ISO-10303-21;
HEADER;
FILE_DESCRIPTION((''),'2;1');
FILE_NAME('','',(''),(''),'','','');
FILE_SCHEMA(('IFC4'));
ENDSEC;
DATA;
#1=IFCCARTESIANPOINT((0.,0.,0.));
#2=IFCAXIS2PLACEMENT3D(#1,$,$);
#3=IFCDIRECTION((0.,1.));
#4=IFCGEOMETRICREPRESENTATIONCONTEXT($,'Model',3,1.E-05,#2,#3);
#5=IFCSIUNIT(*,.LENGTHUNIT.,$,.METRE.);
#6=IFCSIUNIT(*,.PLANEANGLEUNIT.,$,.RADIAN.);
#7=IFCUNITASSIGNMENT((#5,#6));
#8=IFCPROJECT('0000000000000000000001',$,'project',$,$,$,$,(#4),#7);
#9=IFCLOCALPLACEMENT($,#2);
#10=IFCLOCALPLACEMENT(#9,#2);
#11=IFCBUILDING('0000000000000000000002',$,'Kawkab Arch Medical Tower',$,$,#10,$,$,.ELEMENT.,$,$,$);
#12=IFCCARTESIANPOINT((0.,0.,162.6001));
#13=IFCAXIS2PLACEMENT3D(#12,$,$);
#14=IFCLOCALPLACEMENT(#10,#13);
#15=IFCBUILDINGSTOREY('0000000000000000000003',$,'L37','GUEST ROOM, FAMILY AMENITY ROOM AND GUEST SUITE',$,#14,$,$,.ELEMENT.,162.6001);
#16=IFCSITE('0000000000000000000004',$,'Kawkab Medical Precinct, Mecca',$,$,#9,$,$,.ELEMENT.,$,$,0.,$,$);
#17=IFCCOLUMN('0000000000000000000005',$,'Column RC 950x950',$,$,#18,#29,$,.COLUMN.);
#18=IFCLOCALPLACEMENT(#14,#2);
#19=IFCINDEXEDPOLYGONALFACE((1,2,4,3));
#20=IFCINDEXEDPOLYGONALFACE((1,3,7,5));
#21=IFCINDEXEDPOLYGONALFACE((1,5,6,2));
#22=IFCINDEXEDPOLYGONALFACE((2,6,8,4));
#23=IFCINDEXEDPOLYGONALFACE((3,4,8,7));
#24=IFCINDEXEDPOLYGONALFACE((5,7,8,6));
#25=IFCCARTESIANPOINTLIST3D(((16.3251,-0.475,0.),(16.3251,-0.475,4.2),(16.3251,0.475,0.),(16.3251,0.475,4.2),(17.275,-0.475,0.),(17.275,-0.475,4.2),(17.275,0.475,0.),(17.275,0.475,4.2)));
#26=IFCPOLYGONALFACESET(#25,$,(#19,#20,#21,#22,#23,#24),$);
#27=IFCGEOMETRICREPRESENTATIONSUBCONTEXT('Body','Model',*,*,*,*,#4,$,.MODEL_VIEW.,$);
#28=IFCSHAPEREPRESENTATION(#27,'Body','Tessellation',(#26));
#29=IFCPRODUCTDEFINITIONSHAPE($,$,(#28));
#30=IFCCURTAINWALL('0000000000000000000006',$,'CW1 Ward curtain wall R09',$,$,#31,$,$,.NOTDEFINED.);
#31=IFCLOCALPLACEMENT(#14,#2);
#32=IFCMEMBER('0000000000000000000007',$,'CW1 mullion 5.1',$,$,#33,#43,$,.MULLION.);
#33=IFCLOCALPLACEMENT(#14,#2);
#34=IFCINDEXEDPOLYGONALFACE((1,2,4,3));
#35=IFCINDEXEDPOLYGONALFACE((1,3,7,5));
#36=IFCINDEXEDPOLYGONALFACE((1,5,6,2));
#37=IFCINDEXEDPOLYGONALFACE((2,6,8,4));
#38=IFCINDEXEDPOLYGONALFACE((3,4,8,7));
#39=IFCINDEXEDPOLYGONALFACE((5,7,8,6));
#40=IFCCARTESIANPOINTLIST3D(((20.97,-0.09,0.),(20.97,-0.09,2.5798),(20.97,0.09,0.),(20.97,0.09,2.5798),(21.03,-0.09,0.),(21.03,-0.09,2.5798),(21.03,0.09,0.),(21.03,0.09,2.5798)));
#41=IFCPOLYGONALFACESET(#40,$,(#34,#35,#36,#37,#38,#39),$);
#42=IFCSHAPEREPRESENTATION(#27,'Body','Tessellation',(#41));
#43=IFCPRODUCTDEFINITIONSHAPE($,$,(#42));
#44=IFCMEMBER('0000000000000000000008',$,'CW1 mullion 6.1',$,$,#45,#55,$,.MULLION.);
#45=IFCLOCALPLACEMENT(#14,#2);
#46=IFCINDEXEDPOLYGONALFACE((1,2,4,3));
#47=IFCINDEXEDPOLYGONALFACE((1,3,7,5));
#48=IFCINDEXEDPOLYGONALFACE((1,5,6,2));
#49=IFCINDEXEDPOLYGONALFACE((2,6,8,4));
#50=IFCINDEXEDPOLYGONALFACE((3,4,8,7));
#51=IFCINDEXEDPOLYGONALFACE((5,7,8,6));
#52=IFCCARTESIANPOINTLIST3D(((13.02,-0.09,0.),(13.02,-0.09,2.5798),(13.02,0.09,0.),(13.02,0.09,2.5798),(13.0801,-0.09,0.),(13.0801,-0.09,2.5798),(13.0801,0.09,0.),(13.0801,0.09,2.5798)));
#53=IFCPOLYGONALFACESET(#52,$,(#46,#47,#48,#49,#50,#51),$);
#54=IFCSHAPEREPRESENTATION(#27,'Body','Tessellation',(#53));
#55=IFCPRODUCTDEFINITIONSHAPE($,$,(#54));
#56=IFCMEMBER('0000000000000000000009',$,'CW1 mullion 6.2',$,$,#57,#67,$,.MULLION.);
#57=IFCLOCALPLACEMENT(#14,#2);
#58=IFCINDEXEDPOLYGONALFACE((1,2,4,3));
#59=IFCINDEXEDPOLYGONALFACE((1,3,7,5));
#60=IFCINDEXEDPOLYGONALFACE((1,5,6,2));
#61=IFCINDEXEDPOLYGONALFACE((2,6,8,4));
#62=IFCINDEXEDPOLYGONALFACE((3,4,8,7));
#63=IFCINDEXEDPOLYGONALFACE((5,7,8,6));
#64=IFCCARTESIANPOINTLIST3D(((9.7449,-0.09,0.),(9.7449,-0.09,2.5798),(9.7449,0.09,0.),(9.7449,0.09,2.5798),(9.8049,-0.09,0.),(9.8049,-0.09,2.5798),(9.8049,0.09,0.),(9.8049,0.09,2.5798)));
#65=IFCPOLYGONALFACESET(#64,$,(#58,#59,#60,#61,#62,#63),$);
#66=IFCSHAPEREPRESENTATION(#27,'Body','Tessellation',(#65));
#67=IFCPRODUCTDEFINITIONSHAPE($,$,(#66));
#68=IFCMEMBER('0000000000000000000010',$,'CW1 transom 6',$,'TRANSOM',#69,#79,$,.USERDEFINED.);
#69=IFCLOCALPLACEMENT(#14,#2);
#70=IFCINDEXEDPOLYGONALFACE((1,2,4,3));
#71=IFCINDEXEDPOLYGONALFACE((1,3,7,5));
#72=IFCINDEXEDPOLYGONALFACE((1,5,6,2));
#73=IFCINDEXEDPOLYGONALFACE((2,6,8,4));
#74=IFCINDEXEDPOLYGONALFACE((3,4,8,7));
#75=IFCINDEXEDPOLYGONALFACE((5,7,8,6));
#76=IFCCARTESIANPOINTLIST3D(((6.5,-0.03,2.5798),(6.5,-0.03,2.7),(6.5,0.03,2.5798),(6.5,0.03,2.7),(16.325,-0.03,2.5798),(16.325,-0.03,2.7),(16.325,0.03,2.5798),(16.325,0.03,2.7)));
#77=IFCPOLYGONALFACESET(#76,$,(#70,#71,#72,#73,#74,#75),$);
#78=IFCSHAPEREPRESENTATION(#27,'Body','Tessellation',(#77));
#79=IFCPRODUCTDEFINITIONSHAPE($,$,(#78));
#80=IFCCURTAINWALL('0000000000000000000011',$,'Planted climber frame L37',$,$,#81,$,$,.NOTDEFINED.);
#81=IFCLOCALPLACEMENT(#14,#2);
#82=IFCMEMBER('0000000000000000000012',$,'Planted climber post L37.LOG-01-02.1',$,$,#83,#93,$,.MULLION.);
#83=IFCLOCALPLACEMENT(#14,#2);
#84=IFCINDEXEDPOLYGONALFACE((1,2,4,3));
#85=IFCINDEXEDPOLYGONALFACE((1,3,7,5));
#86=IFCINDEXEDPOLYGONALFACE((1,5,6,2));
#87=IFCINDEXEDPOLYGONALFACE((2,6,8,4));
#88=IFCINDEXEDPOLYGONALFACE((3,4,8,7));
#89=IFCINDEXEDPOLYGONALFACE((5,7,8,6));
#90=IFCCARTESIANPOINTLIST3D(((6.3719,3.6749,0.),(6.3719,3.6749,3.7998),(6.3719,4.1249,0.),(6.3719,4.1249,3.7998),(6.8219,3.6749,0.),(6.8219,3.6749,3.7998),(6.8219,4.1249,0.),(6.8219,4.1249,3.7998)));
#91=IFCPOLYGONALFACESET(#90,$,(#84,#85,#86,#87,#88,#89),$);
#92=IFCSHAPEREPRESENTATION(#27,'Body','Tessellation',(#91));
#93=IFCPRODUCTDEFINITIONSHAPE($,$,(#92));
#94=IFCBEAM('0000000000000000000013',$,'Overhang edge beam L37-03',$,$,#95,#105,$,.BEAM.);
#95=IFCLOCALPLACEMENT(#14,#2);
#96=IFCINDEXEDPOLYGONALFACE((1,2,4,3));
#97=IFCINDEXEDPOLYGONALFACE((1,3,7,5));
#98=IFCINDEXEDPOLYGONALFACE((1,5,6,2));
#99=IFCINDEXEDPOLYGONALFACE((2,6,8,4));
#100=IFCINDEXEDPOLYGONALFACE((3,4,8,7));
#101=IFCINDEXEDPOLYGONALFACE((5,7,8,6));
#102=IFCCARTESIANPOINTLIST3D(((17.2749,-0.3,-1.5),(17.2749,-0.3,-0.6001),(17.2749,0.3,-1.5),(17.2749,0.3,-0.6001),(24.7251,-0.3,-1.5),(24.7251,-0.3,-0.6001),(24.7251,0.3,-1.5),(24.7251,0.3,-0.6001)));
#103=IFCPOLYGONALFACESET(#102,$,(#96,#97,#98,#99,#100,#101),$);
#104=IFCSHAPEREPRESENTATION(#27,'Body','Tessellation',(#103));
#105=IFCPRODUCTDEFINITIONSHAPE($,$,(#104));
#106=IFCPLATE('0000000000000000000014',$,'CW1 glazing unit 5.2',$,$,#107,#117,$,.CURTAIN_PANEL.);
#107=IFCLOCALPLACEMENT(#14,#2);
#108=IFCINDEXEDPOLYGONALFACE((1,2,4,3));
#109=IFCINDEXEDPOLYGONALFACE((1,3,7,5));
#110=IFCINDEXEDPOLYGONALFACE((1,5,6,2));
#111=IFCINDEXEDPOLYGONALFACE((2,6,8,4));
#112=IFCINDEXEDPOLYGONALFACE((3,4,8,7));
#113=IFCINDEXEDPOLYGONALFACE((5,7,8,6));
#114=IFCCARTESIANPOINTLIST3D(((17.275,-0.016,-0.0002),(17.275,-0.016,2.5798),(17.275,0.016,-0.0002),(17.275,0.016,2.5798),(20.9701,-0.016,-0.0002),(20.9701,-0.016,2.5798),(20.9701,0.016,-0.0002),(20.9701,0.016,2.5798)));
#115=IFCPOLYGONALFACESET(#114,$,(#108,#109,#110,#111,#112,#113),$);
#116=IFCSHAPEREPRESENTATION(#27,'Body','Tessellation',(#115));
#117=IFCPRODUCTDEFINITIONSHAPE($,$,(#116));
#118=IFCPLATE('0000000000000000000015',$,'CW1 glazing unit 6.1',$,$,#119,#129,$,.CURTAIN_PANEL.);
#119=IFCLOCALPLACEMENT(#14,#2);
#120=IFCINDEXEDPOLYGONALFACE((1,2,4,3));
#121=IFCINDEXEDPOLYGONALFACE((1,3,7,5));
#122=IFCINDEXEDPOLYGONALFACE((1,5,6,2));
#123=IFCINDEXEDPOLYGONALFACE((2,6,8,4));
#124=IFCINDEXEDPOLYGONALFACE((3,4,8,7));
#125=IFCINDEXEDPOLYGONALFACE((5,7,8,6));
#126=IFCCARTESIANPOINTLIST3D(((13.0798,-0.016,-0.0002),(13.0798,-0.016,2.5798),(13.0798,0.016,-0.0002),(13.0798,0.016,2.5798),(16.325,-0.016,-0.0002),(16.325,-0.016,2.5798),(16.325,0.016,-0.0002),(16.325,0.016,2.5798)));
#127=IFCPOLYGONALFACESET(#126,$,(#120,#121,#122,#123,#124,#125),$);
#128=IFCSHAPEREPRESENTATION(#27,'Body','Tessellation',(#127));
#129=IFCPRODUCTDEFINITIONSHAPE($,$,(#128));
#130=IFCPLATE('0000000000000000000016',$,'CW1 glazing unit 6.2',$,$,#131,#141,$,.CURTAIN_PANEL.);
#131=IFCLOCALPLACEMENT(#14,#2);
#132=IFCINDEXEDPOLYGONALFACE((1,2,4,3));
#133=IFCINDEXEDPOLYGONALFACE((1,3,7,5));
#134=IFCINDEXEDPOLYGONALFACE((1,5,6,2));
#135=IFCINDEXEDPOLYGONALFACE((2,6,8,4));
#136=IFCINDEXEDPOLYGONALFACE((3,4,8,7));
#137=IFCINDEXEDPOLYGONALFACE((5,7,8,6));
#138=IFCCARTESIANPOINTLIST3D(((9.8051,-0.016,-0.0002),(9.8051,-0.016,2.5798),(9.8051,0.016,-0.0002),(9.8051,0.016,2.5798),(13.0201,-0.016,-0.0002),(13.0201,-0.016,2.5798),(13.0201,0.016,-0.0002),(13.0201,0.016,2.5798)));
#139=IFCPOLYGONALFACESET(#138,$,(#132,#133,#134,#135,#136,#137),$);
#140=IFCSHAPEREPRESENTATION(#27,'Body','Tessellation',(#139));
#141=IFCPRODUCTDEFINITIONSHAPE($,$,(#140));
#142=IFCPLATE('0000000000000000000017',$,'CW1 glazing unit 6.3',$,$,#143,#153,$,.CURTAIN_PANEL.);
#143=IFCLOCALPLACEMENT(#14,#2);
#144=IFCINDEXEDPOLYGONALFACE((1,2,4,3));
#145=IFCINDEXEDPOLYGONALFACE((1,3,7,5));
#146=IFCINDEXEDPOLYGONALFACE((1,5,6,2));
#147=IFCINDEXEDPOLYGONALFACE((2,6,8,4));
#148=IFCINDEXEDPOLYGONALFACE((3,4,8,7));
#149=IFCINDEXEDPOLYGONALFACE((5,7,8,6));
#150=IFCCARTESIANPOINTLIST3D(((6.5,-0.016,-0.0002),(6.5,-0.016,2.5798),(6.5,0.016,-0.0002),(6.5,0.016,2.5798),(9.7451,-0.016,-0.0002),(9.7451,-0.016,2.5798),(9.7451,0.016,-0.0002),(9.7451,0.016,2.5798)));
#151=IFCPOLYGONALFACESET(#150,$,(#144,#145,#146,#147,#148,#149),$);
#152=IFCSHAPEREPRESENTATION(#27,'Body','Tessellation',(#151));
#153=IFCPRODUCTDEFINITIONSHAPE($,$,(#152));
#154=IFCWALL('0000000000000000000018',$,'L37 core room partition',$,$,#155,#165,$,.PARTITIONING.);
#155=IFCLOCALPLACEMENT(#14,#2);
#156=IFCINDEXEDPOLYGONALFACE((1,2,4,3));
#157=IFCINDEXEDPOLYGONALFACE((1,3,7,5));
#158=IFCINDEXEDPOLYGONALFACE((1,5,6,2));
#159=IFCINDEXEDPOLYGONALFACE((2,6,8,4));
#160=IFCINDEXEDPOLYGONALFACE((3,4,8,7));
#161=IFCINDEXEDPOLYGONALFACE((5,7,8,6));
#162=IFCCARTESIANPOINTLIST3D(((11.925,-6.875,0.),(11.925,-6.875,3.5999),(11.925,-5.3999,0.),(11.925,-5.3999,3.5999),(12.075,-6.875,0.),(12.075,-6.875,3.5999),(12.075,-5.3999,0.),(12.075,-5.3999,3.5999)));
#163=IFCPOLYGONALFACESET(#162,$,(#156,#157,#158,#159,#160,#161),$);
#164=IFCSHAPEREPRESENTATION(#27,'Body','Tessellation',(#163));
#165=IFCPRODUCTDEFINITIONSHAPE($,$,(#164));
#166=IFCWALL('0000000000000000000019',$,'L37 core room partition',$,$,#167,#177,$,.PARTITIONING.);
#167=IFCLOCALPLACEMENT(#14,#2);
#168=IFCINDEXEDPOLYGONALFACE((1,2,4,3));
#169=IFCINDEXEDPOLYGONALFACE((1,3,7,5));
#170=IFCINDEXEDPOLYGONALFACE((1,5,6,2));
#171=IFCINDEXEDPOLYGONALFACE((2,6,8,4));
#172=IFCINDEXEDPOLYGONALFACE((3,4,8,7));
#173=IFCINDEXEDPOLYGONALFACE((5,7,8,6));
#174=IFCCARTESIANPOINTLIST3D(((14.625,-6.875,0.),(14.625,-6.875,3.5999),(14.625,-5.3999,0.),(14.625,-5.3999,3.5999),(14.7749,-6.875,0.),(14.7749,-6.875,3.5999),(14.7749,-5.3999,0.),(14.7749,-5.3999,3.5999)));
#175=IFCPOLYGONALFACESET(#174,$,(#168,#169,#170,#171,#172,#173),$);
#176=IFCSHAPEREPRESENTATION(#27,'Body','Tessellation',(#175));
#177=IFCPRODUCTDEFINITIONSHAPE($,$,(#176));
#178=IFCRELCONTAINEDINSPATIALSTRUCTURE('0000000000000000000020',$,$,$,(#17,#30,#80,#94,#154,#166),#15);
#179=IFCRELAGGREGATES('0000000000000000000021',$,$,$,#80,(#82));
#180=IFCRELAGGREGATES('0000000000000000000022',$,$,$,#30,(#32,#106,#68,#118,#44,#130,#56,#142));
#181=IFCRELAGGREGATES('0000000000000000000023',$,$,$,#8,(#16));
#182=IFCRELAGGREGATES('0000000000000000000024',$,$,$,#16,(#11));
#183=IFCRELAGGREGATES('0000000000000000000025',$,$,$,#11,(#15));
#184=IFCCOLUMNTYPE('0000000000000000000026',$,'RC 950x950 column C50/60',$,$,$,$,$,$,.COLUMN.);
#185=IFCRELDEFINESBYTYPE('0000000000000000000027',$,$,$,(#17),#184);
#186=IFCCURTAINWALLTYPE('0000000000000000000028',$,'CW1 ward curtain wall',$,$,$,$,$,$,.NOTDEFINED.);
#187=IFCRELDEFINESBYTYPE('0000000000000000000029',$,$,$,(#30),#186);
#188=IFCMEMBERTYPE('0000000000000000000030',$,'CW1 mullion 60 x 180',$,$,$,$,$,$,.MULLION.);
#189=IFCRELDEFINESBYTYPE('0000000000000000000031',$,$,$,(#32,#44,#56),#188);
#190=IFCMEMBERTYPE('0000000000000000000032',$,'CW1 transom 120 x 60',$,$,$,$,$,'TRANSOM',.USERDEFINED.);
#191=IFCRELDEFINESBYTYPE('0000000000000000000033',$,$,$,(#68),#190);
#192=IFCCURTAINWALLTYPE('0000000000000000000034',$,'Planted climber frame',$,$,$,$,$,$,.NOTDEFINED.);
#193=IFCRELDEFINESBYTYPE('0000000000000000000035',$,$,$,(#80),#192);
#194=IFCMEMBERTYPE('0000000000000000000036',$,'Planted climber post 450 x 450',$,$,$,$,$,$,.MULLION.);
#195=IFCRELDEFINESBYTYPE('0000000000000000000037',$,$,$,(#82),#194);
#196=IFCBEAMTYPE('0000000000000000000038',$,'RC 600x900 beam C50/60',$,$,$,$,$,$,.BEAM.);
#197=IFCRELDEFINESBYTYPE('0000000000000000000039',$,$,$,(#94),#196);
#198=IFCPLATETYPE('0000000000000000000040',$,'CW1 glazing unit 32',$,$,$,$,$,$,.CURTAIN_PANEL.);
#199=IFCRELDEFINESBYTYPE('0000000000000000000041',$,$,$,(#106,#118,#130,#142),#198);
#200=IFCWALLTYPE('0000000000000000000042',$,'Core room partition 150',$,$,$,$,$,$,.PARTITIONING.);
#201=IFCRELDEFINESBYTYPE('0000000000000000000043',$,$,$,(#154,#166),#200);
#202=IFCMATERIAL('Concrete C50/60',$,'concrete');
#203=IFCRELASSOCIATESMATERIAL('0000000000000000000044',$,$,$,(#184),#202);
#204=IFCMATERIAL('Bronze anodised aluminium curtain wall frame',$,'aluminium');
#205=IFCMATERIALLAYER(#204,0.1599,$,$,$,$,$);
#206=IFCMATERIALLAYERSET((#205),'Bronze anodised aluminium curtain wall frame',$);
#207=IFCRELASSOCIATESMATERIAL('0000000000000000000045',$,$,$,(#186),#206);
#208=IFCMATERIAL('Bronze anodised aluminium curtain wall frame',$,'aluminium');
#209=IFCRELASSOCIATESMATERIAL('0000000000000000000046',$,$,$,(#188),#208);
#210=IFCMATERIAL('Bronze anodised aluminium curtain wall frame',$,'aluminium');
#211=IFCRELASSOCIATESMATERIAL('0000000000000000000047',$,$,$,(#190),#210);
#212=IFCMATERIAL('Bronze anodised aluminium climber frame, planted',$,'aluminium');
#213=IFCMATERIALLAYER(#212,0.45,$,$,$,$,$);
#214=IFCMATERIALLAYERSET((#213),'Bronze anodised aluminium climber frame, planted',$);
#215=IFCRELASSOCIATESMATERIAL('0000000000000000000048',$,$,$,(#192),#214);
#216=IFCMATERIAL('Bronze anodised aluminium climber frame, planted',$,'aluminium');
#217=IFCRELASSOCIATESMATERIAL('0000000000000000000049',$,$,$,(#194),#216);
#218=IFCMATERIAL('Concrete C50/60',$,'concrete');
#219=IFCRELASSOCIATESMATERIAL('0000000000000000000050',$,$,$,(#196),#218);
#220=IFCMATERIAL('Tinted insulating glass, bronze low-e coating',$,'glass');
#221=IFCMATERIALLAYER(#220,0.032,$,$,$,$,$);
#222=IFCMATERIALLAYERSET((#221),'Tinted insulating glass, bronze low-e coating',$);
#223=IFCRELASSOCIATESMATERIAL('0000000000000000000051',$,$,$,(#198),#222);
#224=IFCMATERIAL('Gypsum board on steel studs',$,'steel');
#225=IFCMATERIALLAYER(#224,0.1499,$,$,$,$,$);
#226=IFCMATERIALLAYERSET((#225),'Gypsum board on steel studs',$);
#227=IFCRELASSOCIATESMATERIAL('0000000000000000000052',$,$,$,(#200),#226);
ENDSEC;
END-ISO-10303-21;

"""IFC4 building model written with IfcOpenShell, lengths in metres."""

from ifc_helpers import new_model, si_unit, direction, frame, frame_2d, origin, origin_2d, place, context, subcontext, project, spatial, rectangle, extrude, material, layer, layer_set, material_profile, profile_set, type_object, element, aggregate, save


model = new_model("IFC4")

# Units and contexts
model_context = context("Model", 3, precision=1e-05, world=origin(), true_north=direction((0.0, 1.0)))
body_context = subcontext(model_context, "Body", "Model", "MODEL_VIEW")
ifc_project = project(units=[si_unit("LENGTHUNIT", "METRE"), si_unit("PLANEANGLEUNIT", "RADIAN")], contexts=[model_context])

# Site, building, storey
site_placement = place(None, origin())
site = spatial("IfcSite", under=ifc_project, at=site_placement, Name="Kawkab Medical Precinct, Mecca", CompositionType="ELEMENT", RefElevation=0.0)
building_placement = place(site_placement, origin())
building = spatial("IfcBuilding", under=site, at=building_placement, Name="Kawkab Arch Medical Tower", CompositionType="ELEMENT")
storey_placement = place(building_placement, frame((0.0, 0.0, 162.6001)))
storey = spatial("IfcBuildingStorey", under=building, at=storey_placement, Name="L37", Description="GUEST ROOM, FAMILY AMENITY ROOM AND GUEST SUITE", CompositionType="ELEMENT", Elevation=162.6001)

# Column
ifc_material_1 = material(Name="Concrete C50/60", Category="concrete")
ifc_material_profile_1 = material_profile(ifc_material_1, rectangle(XDim=0.95, YDim=0.95, at=origin_2d()), Name="RC 950x950")
ifc_profile_set_1 = profile_set([ifc_material_profile_1], Name="Concrete C50/60")
column_type = type_object("IfcColumnType", Name="RC 950x950 column C50/60", PredefinedType="COLUMN", material=ifc_profile_set_1)
column_placement = place(storey_placement, frame((16.8, 0.0, 0.0), z_axis=(0.0, 0.0, 1.0), x_axis=(1.0, 0.0, 0.0)))
element("IfcColumn", 1, at=column_placement, inside=storey, type_object=column_type, Name="Column RC 950x950", PredefinedType="COLUMN", context=body_context, shape_type="SweptSolid", body=[
    extrude(rectangle(XDim=0.95, YDim=0.95, at=origin_2d()), origin(), (0.0, 0.0, 1.0), 4.2),
])

# Curtain wall, members
ifc_material_2 = material(Name="Bronze anodised aluminium curtain wall frame", Category="aluminium")
ifc_layer_1 = layer(ifc_material_2, 0.1599)
ifc_layer_set_1 = layer_set([ifc_layer_1], Name="Bronze anodised aluminium curtain wall frame")
curtain_wall_type_1 = type_object("IfcCurtainWallType", Name="CW1 ward curtain wall", PredefinedType="NOTDEFINED", material=ifc_layer_set_1)
placement = place(storey_placement, origin())
curtain_wall_1 = element("IfcCurtainWall", 2, at=placement, inside=storey, type_object=curtain_wall_type_1, Name="CW1 Ward curtain wall R09", PredefinedType="NOTDEFINED")
ifc_material_3 = material(Name="Bronze anodised aluminium curtain wall frame", Category="aluminium")
ifc_material_profile_2 = material_profile(ifc_material_3, rectangle(XDim=0.1799, YDim=0.0601, at=origin_2d()), Name="AL 60x180")
ifc_profile_set_2 = profile_set([ifc_material_profile_2], Name="Bronze anodised aluminium curtain wall frame")
member_type_1 = type_object("IfcMemberType", Name="CW1 mullion 60 x 180", PredefinedType="MULLION", material=ifc_profile_set_2)
member_1_placement = place(storey_placement, frame((21.0, 0.0, 0.0), z_axis=(0.0, 0.0, 1.0), x_axis=(0.0, -1.0, 0.0)))
member_1 = element("IfcMember", 3, at=member_1_placement, type_object=member_type_1, Name="CW1 mullion 5.1", PredefinedType="MULLION", context=body_context, shape_type="SweptSolid", body=[
    extrude(rectangle(XDim=0.1799, YDim=0.0601, at=origin_2d()), origin(), (0.0, 0.0, 1.0), 2.5798),
])
member_2_placement = place(storey_placement, frame((13.05, 0.0, 0.0), z_axis=(0.0, 0.0, 1.0), x_axis=(0.0, -1.0, 0.0)))
member_2 = element("IfcMember", 4, at=member_2_placement, type_object=member_type_1, Name="CW1 mullion 6.1", PredefinedType="MULLION", context=body_context, shape_type="SweptSolid", body=[
    extrude(rectangle(XDim=0.1799, YDim=0.0601, at=origin_2d()), origin(), (0.0, 0.0, 1.0), 2.5798),
])
member_3_placement = place(storey_placement, frame((9.7749, 0.0, 0.0), z_axis=(0.0, 0.0, 1.0), x_axis=(0.0, -1.0, 0.0)))
member_3 = element("IfcMember", 5, at=member_3_placement, type_object=member_type_1, Name="CW1 mullion 6.2", PredefinedType="MULLION", context=body_context, shape_type="SweptSolid", body=[
    extrude(rectangle(XDim=0.1799, YDim=0.0601, at=origin_2d()), origin(), (0.0, 0.0, 1.0), 2.5798),
])
ifc_material_4 = material(Name="Bronze anodised aluminium curtain wall frame", Category="aluminium")
ifc_material_profile_3 = material_profile(ifc_material_4, rectangle(XDim=0.0601, YDim=0.1201, at=origin_2d()), Name="AL 60x120")
ifc_profile_set_3 = profile_set([ifc_material_profile_3], Name="Bronze anodised aluminium curtain wall frame")
member_type_2 = type_object("IfcMemberType", Name="CW1 transom 120 x 60", ElementType="TRANSOM", PredefinedType="USERDEFINED", material=ifc_profile_set_3)
member_4_placement = place(storey_placement, frame((16.325, 0.0, 2.6399), z_axis=(-1.0, 0.0, 0.0), x_axis=(0.0, -1.0, 0.0)))
member_4 = element("IfcMember", 6, at=member_4_placement, type_object=member_type_2, Name="CW1 transom 6", ObjectType="TRANSOM", PredefinedType="USERDEFINED", context=body_context, shape_type="SweptSolid", body=[
    extrude(rectangle(XDim=0.0601, YDim=0.1201, at=origin_2d()), origin(), (0.0, 0.0, 1.0), 9.825),
])

# Curtain wall, member
ifc_material_5 = material(Name="Bronze anodised aluminium climber frame, planted", Category="aluminium")
ifc_layer_2 = layer(ifc_material_5, 0.45)
ifc_layer_set_2 = layer_set([ifc_layer_2], Name="Bronze anodised aluminium climber frame, planted")
curtain_wall_type_2 = type_object("IfcCurtainWallType", Name="Planted climber frame", PredefinedType="NOTDEFINED", material=ifc_layer_set_2)
curtain_wall_2 = element("IfcCurtainWall", 7, at=placement, inside=storey, type_object=curtain_wall_type_2, Name="Planted climber frame L37", PredefinedType="NOTDEFINED")
ifc_material_6 = material(Name="Bronze anodised aluminium climber frame, planted", Category="aluminium")
ifc_material_profile_4 = material_profile(ifc_material_6, rectangle(XDim=0.45, YDim=0.45, at=origin_2d()), Name="Post 450x450")
ifc_profile_set_4 = profile_set([ifc_material_profile_4], Name="Bronze anodised aluminium climber frame, planted")
member_type_3 = type_object("IfcMemberType", Name="Planted climber post 450 x 450", PredefinedType="MULLION", material=ifc_profile_set_4)
member_5_placement = place(storey_placement, frame((6.5969, 3.8999, 0.0), z_axis=(0.0, 0.0, 1.0), x_axis=(1.0, 0.0, 0.0)))
member_5 = element("IfcMember", 8, at=member_5_placement, type_object=member_type_3, Name="Planted climber post L37.LOG-01-02.1", PredefinedType="MULLION", context=body_context, shape_type="SweptSolid", body=[
    extrude(rectangle(XDim=0.45, YDim=0.45, at=origin_2d()), origin(), (0.0, 0.0, 1.0), 3.7998),
])
aggregate(curtain_wall_2, [member_5])

# Beam
ifc_material_7 = material(Name="Concrete C50/60", Category="concrete")
ifc_material_profile_5 = material_profile(ifc_material_7, rectangle(XDim=0.6001, YDim=0.8999, at=origin_2d()), Name="RC 600x900")
ifc_profile_set_5 = profile_set([ifc_material_profile_5], Name="Concrete C50/60")
beam_type = type_object("IfcBeamType", Name="RC 600x900 beam C50/60", PredefinedType="BEAM", material=ifc_profile_set_5)
beam_placement = place(storey_placement, frame((17.2749, 0.0, -1.05), z_axis=(1.0, 0.0, 0.0), x_axis=(0.0, 1.0, 0.0)))
element("IfcBeam", 9, at=beam_placement, inside=storey, type_object=beam_type, Name="Overhang edge beam L37-03", PredefinedType="BEAM", context=body_context, shape_type="SweptSolid", body=[
    extrude(rectangle(XDim=0.6001, YDim=0.8999, at=origin_2d()), origin(), (0.0, 0.0, 1.0), 7.4502),
])

# Plates
ifc_material_8 = material(Name="Tinted insulating glass, bronze low-e coating", Category="glass")
ifc_layer_3 = layer(ifc_material_8, 0.032)
ifc_layer_set_3 = layer_set([ifc_layer_3], Name="Tinted insulating glass, bronze low-e coating")
plate_type = type_object("IfcPlateType", Name="CW1 glazing unit 32", PredefinedType="CURTAIN_PANEL", material=ifc_layer_set_3)
plate_1_placement = place(storey_placement, frame((19.1226, 0.0, -0.0002), z_axis=(0.0, 0.0, 1.0), x_axis=(-1.0, 0.0, 0.0)))
plate_1 = element("IfcPlate", 10, at=plate_1_placement, type_object=plate_type, Name="CW1 glazing unit 5.2", PredefinedType="CURTAIN_PANEL", context=body_context, shape_type="SweptSolid", body=[
    extrude(rectangle(XDim=3.6951, YDim=0.032, at=origin_2d()), origin(), (0.0, 0.0, 1.0), 2.5801),
])
plate_2_placement = place(storey_placement, frame((14.7024, 0.0, -0.0002), z_axis=(0.0, 0.0, 1.0), x_axis=(-1.0, 0.0, 0.0)))
plate_2 = element("IfcPlate", 11, at=plate_2_placement, type_object=plate_type, Name="CW1 glazing unit 6.1", PredefinedType="CURTAIN_PANEL", context=body_context, shape_type="SweptSolid", body=[
    extrude(rectangle(XDim=3.2451, YDim=0.032, at=origin_2d()), origin(), (0.0, 0.0, 1.0), 2.5801),
])
plate_3_placement = place(storey_placement, frame((11.4126, 0.0, -0.0002), z_axis=(0.0, 0.0, 1.0), x_axis=(-1.0, 0.0, 0.0)))
plate_3 = element("IfcPlate", 12, at=plate_3_placement, type_object=plate_type, Name="CW1 glazing unit 6.2", PredefinedType="CURTAIN_PANEL", context=body_context, shape_type="SweptSolid", body=[
    extrude(rectangle(XDim=3.2151, YDim=0.032, at=origin_2d()), origin(), (0.0, 0.0, 1.0), 2.5801),
])
plate_4_placement = place(storey_placement, frame((8.1226, 0.0, -0.0002), z_axis=(0.0, 0.0, 1.0), x_axis=(-1.0, 0.0, 0.0)))
plate_4 = element("IfcPlate", 13, at=plate_4_placement, type_object=plate_type, Name="CW1 glazing unit 6.3", PredefinedType="CURTAIN_PANEL", context=body_context, shape_type="SweptSolid", body=[
    extrude(rectangle(XDim=3.2451, YDim=0.032, at=origin_2d()), origin(), (0.0, 0.0, 1.0), 2.5801),
])
aggregate(curtain_wall_1, [member_1, plate_1, member_4, plate_2, member_2, plate_3, member_3, plate_4])

# Walls
ifc_material_9 = material(Name="Gypsum board on steel studs", Category="steel")
ifc_layer_4 = layer(ifc_material_9, 0.1499)
ifc_layer_set_4 = layer_set([ifc_layer_4], Name="Gypsum board on steel studs")
wall_type_1 = type_object("IfcWallType", Name="Core room partition 150", PredefinedType="PARTITIONING", material=ifc_layer_set_4)
for number, where, z_axis, x_axis, name in (
    (14, (12.0, -6.875, 0.0), (0.0, 0.0, 1.0), (0.0, 1.0, 0.0), "L37 core room partition"),
    (15, (14.7, -6.875, 0.0), (0.0, 0.0, 1.0), (0.0, 1.0, 0.0), "L37 core room partition"),
):
    element("IfcWall", number, at=place(storey_placement, frame(where, z_axis=z_axis, x_axis=x_axis)), inside=storey, type_object=wall_type_1, Name=name, PredefinedType="PARTITIONING", context=body_context, shape_type="SweptSolid", body=[
        extrude(rectangle(XDim=1.4751, YDim=0.1499, at=frame_2d((0.7375, 0.0))), origin(), (0.0, 0.0, 1.0), 3.5999),
    ])

save(model, "model.ifc")
